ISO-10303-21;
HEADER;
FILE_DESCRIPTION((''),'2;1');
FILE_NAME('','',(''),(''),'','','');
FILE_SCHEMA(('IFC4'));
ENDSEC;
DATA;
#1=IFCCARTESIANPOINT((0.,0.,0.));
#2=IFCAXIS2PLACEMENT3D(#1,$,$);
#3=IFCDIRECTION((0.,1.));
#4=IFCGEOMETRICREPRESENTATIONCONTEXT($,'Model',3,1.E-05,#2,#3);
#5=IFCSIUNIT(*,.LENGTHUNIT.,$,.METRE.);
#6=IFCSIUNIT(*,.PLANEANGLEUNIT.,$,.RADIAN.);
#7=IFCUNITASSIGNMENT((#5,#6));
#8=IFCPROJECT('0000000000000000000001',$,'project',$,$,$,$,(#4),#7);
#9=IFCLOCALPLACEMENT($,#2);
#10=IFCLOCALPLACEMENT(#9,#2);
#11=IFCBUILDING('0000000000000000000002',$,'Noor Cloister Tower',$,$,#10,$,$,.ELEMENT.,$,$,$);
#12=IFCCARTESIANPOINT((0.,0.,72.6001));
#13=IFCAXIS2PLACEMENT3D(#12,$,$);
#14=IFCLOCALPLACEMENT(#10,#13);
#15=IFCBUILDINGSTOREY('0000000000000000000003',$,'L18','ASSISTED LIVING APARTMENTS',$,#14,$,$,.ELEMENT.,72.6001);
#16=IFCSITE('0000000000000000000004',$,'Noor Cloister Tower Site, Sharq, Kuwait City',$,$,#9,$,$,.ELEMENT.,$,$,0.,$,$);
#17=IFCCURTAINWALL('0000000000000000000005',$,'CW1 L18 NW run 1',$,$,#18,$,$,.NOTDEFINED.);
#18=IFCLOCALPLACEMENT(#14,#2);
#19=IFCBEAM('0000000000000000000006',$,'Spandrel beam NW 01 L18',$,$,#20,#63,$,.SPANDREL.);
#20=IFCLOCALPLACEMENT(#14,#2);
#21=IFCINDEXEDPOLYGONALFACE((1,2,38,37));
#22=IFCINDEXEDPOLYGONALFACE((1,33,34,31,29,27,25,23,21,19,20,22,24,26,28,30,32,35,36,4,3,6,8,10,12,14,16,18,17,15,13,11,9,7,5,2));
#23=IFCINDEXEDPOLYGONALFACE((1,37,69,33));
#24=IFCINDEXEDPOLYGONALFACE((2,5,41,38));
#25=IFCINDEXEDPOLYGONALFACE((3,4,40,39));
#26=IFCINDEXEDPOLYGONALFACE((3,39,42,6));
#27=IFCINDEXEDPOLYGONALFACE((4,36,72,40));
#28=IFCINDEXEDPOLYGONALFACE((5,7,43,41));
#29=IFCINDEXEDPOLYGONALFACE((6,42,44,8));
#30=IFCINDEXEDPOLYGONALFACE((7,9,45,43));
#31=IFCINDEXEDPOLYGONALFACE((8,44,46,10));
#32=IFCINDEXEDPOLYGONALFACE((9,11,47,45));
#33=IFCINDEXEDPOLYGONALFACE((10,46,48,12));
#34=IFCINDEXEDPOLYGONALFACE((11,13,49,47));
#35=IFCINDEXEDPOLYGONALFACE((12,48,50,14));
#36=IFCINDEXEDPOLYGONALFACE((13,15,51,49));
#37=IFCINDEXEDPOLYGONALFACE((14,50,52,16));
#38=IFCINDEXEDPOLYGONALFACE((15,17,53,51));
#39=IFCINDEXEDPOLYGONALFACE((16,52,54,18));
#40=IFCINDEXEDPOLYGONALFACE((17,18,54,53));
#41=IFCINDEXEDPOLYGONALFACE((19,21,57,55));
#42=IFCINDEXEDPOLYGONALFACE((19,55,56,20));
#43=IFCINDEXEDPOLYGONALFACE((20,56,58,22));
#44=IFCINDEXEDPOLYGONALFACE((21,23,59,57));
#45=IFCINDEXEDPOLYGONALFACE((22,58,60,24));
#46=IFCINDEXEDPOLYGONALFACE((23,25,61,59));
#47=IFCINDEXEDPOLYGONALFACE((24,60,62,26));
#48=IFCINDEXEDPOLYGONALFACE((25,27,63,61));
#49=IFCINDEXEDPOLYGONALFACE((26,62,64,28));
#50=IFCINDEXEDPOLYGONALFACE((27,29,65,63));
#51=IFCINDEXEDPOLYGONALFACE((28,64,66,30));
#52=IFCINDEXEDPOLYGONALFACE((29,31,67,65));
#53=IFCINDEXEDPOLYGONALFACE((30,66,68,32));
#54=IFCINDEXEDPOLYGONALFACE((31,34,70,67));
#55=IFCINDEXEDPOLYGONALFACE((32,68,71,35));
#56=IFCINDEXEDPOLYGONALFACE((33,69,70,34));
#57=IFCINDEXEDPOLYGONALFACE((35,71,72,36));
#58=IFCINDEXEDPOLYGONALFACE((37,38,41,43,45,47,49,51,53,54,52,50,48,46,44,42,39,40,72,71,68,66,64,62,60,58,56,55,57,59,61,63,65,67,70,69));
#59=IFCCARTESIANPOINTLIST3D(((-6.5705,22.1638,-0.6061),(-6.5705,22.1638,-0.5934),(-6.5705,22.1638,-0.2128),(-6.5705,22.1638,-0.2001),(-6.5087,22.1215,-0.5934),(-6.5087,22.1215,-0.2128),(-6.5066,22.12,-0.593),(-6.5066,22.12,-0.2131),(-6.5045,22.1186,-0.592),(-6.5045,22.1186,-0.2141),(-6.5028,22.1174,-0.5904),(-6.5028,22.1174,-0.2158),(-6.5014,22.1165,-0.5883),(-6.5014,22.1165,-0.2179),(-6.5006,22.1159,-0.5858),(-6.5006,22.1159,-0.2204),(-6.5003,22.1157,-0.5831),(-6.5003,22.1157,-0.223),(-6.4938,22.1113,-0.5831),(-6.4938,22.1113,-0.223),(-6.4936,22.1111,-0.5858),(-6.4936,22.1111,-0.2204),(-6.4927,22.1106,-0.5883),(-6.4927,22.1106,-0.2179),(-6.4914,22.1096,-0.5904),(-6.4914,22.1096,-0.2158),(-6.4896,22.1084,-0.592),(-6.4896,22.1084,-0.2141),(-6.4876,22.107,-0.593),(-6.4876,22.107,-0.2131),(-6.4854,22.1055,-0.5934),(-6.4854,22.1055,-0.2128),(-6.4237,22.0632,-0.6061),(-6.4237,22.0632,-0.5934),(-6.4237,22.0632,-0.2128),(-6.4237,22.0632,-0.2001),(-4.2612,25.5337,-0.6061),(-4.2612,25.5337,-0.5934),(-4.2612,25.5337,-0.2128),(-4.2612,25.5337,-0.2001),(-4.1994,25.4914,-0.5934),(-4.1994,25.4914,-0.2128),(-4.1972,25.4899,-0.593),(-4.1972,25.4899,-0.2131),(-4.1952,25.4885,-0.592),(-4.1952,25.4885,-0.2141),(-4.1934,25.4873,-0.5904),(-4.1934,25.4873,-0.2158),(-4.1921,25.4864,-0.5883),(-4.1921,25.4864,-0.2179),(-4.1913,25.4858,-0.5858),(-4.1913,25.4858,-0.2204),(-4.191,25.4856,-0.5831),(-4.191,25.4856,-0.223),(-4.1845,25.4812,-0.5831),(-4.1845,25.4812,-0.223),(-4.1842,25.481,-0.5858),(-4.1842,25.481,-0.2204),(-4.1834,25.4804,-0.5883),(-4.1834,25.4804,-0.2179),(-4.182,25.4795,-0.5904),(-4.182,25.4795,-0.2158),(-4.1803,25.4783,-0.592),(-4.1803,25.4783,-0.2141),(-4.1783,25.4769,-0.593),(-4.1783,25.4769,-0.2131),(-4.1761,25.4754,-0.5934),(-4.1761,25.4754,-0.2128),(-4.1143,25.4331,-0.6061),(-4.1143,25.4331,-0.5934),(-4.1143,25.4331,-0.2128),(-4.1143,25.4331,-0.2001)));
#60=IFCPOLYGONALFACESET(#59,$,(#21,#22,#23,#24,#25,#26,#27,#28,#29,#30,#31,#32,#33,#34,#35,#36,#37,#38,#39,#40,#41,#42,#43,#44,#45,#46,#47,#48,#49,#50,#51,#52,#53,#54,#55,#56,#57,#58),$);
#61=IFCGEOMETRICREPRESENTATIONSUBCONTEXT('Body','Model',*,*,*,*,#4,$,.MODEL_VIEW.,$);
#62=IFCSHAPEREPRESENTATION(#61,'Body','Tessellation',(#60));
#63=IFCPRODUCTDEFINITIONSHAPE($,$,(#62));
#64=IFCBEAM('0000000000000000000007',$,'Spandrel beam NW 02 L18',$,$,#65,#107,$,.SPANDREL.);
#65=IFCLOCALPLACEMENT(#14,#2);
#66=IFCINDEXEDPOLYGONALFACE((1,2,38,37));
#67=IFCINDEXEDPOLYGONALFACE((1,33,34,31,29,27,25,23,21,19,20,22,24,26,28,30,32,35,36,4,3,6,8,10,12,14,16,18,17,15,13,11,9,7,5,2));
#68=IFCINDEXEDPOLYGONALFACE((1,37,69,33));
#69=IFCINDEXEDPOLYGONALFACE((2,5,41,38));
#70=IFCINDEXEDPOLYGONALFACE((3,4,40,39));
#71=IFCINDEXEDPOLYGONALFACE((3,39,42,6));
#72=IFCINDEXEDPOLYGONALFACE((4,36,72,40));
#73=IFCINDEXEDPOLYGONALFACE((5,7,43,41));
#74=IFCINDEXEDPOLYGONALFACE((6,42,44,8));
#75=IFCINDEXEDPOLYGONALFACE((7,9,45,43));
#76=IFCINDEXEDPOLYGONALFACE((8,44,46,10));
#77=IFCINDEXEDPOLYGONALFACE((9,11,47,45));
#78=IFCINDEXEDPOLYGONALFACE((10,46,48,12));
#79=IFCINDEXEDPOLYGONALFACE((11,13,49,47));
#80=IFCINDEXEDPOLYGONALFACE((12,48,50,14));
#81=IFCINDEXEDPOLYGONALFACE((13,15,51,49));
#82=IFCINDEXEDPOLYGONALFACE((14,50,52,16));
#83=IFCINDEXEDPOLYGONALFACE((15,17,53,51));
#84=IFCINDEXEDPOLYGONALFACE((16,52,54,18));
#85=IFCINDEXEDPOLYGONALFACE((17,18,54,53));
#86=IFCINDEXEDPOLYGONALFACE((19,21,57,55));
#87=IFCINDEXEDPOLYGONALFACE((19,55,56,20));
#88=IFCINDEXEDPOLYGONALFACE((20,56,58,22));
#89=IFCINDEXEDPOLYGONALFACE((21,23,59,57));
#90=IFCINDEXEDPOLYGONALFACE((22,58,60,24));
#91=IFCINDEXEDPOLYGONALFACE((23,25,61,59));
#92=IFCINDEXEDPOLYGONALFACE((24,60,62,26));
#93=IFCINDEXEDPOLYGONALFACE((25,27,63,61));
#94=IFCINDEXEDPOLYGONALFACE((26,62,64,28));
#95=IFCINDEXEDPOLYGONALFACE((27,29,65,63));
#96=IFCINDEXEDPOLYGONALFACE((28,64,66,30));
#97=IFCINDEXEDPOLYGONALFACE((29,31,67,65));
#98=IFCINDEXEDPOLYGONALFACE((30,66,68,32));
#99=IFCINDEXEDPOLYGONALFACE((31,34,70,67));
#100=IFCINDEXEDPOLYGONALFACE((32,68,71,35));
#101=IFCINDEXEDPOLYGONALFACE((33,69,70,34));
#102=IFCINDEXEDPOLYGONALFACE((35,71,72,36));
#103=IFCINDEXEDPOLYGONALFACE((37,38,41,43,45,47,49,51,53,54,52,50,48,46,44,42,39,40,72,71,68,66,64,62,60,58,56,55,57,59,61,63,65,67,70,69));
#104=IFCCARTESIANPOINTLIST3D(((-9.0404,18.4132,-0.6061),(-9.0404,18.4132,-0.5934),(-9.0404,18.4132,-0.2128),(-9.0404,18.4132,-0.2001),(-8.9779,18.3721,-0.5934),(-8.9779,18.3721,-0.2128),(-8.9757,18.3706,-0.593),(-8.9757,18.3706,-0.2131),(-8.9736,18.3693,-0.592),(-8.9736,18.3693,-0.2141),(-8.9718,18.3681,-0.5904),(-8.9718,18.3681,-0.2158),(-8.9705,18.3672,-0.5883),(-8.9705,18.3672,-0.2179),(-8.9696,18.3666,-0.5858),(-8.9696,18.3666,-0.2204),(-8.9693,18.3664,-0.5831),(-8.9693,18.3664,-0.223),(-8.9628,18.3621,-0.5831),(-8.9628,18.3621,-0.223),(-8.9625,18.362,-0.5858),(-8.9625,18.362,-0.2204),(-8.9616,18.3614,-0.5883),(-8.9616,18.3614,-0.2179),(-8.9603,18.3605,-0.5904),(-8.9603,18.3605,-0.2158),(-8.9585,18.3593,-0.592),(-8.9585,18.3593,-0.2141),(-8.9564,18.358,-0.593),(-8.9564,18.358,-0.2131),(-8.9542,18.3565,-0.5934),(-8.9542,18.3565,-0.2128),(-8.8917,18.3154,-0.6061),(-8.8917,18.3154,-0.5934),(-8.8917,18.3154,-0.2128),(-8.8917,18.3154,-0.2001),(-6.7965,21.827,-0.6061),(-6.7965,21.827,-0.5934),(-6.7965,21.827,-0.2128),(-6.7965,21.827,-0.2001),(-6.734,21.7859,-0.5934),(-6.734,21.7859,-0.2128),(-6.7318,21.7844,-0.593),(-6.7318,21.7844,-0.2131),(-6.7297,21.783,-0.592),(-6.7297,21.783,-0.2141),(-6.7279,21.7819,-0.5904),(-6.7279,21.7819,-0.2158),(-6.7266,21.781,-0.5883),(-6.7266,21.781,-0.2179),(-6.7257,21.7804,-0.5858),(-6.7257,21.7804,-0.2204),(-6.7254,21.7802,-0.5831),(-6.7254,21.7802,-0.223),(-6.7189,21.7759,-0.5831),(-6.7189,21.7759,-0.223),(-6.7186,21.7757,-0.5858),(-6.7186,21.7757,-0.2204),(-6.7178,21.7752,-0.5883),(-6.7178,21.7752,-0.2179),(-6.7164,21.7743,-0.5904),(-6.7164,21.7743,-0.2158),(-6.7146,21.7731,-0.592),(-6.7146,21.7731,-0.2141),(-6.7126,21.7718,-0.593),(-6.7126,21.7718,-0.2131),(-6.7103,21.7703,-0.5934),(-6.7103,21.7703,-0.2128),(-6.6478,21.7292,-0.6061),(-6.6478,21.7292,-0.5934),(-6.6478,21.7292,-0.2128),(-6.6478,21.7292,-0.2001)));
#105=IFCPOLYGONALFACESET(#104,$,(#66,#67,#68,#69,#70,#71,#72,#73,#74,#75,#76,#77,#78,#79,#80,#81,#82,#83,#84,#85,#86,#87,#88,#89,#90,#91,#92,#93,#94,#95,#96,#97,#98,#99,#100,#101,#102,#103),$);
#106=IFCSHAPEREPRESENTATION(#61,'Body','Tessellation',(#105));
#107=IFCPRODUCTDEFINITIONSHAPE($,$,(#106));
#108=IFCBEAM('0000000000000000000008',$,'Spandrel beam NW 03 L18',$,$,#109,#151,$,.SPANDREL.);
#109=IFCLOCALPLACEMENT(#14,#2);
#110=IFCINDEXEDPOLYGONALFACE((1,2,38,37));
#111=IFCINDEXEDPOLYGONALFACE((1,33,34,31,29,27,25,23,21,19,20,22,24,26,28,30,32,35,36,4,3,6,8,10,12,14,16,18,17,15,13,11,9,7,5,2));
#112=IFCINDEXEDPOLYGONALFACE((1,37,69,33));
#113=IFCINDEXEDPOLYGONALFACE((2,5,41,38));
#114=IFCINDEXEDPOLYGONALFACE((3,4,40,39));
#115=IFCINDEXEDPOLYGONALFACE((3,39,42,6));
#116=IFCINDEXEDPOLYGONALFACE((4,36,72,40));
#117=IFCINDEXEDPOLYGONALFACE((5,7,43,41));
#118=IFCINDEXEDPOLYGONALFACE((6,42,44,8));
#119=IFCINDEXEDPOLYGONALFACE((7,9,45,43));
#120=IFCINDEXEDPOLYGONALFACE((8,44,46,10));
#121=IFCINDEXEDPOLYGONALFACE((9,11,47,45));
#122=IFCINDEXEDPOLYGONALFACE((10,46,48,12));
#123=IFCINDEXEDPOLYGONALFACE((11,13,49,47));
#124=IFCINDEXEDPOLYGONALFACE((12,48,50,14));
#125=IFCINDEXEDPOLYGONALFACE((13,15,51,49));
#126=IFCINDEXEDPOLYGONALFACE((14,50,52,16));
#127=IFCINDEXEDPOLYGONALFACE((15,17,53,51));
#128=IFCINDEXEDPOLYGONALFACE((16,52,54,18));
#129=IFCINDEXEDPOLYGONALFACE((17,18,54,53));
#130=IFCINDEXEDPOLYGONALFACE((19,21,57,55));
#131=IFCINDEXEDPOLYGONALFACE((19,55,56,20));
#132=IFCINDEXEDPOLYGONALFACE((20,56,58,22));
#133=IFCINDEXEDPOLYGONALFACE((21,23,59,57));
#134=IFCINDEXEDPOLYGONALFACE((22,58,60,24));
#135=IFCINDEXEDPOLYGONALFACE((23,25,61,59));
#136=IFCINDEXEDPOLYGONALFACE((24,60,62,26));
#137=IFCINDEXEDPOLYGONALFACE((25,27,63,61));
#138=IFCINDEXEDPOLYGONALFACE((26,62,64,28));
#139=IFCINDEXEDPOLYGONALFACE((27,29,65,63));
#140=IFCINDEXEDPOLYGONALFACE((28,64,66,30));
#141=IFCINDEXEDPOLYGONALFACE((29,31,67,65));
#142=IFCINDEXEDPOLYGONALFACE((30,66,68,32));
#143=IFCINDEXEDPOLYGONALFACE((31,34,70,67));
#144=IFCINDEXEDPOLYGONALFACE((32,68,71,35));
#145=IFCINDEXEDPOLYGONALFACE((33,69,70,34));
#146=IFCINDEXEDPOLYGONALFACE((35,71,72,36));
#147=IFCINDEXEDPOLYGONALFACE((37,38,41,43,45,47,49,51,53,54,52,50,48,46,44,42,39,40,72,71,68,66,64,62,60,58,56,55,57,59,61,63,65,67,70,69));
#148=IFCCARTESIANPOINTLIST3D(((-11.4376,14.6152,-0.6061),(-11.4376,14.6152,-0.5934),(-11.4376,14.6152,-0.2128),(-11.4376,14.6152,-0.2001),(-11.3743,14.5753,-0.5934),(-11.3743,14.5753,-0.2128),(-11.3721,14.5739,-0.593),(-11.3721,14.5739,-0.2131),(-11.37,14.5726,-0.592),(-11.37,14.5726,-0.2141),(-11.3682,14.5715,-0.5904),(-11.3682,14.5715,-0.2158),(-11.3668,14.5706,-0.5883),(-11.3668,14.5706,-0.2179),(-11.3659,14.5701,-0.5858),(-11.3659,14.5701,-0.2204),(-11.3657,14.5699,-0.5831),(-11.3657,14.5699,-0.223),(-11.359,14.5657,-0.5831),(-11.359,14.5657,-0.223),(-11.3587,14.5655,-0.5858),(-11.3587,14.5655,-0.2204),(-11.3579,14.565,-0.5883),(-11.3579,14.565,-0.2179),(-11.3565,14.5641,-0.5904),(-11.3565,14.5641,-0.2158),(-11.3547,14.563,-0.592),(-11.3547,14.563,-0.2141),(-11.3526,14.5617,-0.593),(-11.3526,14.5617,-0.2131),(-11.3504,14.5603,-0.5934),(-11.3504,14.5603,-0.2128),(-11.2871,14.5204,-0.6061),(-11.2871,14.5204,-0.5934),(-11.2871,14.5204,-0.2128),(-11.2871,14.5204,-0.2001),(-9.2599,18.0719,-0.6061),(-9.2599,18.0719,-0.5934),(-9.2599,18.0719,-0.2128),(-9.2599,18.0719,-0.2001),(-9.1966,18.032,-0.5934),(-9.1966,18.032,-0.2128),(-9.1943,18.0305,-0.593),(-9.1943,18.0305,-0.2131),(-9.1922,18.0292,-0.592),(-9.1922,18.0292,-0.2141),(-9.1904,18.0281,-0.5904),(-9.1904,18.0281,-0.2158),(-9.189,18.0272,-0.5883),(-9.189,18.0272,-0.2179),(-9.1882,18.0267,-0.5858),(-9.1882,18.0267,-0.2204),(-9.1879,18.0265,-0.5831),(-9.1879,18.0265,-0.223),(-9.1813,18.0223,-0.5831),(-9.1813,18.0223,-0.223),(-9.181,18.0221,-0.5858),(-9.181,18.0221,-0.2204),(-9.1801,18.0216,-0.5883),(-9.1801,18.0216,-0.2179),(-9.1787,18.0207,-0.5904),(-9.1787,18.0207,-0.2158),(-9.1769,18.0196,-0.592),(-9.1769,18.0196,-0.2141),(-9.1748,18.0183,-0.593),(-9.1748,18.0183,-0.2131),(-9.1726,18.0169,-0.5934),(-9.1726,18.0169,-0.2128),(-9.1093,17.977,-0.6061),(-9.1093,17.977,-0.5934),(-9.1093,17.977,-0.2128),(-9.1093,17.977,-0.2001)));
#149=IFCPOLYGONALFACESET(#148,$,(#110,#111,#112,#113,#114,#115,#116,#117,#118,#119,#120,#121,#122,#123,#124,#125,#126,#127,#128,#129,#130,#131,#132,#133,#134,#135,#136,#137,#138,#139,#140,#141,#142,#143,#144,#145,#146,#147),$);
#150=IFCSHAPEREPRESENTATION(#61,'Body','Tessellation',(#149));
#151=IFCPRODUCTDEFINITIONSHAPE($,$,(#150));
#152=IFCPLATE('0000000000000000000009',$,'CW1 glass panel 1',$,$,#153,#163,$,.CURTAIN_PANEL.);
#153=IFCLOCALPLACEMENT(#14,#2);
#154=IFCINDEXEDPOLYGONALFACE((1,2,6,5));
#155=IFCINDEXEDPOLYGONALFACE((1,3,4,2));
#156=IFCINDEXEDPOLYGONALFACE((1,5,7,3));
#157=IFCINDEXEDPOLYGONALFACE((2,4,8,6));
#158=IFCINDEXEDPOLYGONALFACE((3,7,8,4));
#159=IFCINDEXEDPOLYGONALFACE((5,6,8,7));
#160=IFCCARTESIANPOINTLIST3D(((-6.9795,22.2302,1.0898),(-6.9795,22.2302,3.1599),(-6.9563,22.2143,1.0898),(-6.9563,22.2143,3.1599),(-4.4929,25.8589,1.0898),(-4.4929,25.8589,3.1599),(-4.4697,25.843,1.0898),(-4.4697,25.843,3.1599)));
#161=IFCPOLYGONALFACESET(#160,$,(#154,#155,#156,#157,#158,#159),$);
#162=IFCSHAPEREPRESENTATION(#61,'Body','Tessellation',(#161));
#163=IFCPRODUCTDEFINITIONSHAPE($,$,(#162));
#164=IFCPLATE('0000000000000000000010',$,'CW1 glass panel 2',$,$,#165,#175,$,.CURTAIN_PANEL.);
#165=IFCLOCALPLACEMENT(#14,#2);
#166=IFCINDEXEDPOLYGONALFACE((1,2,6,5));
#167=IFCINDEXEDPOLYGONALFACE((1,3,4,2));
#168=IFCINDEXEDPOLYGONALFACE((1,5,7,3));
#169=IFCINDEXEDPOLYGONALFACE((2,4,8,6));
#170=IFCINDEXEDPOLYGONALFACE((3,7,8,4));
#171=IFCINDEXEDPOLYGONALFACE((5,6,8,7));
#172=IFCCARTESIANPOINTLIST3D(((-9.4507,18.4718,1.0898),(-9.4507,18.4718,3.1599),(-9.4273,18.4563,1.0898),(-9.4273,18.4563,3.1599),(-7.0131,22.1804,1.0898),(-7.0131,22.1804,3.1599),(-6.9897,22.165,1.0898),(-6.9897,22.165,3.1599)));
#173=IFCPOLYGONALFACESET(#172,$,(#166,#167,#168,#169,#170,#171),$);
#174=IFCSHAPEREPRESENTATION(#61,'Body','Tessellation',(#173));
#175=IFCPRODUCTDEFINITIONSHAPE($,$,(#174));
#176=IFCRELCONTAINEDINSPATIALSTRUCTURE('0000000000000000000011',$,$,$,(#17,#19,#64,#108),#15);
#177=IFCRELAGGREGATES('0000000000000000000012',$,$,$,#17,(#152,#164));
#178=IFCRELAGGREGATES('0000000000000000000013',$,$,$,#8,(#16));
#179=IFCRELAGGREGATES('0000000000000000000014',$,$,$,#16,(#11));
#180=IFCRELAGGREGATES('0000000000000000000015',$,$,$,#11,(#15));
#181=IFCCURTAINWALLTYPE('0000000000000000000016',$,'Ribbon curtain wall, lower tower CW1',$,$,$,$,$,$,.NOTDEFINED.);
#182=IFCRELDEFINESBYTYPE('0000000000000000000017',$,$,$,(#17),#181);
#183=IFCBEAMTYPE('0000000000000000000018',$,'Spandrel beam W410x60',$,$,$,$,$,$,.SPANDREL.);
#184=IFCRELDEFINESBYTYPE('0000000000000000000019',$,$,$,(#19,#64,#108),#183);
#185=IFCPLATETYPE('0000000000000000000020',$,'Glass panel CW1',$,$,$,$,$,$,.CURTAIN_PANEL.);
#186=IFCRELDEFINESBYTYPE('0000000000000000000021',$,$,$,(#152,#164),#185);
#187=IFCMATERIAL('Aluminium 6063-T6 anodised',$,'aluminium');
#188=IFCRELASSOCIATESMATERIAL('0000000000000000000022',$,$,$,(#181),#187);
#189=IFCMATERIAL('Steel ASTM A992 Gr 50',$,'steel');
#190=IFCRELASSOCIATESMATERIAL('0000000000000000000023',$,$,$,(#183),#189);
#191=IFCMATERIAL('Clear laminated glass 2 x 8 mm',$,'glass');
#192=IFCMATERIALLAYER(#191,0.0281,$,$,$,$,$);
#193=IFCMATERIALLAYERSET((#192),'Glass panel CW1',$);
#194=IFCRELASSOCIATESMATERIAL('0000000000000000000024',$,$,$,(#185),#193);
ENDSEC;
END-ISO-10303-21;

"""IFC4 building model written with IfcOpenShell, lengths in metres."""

from ifc_helpers import new_model, si_unit, direction, frame, origin, origin_2d, place, context, subcontext, project, spatial, rectangle, i_section, extrude, material, layer, layer_set, material_profile, profile_set, type_object, element, aggregate, save


model = new_model("IFC4")

# Units and contexts
model_context = context("Model", 3, precision=1e-05, world=origin(), true_north=direction((0.0, 1.0)))
body_context = subcontext(model_context, "Body", "Model", "MODEL_VIEW")
ifc_project = project(units=[si_unit("LENGTHUNIT", "METRE"), si_unit("PLANEANGLEUNIT", "RADIAN")], contexts=[model_context])

# Site, building, storey
site_placement = place(None, origin())
site = spatial("IfcSite", under=ifc_project, at=site_placement, Name="Noor Cloister Tower Site, Sharq, Kuwait City", CompositionType="ELEMENT", RefElevation=0.0)
building_placement = place(site_placement, origin())
building = spatial("IfcBuilding", under=site, at=building_placement, Name="Noor Cloister Tower", CompositionType="ELEMENT")
storey_placement = place(building_placement, frame((0.0, 0.0, 72.6001)))
storey = spatial("IfcBuildingStorey", under=building, at=storey_placement, Name="L18", Description="ASSISTED LIVING APARTMENTS", CompositionType="ELEMENT", Elevation=72.6001)

# Curtain wall
ifc_material_1 = material(Name="Aluminium 6063-T6 anodised", Category="aluminium")
curtain_wall_type = type_object("IfcCurtainWallType", Name="Ribbon curtain wall, lower tower CW1", PredefinedType="NOTDEFINED", material=ifc_material_1)
curtain_wall_placement = place(storey_placement, origin())
curtain_wall = element("IfcCurtainWall", 1, at=curtain_wall_placement, inside=storey, type_object=curtain_wall_type, Name="CW1 L18 NW run 1", PredefinedType="NOTDEFINED")

# Beams
ifc_material_2 = material(Name="Steel ASTM A992 Gr 50", Category="steel")
ifc_material_profile_1 = material_profile(ifc_material_2, i_section(OverallWidth=0.178, OverallDepth=0.406, WebThickness=0.0078, FlangeThickness=0.0127, FilletRadius=0.0103, at=origin_2d()), Name="W410x60")
ifc_profile_set_1 = profile_set([ifc_material_profile_1], Name="Steel ASTM A992 Gr 50")
beam_type_1 = type_object("IfcBeamType", Name="Spandrel beam W410x60", PredefinedType="SPANDREL", material=ifc_profile_set_1)
for number, where, z_axis, x_axis, name in (
    (2, (-4.1877, 25.4834, -0.4031), (-0.565288, -0.824894, 0.0), (0.824894, -0.565288, 0.0), "Spandrel beam NW 01 L18"),
    (3, (-6.7222, 21.7781, -0.4031), (-0.549269, -0.835646, 0.0), (0.835646, -0.549269, 0.0), "Spandrel beam NW 02 L18"),
):
    element("IfcBeam", number, at=place(storey_placement, frame(where, z_axis=z_axis, x_axis=x_axis)), inside=storey, type_object=beam_type_1, Name=name, PredefinedType="SPANDREL", context=body_context, shape_type="SweptSolid", body=[
        extrude(i_section(OverallWidth=0.178, OverallDepth=0.406, WebThickness=0.0078, FlangeThickness=0.0127, FilletRadius=0.0103, at=origin_2d()), origin(), (0.0, 0.0, 1.0), 4.0852),
    ])
beam_1_placement = place(storey_placement, frame((-9.1846, 18.0244, -0.4031), z_axis=(-0.533057, -0.846079, 0.0), x_axis=(0.846079, -0.533057, 0.0)))
element("IfcBeam", 4, at=beam_1_placement, inside=storey, type_object=beam_type_1, Name="Spandrel beam NW 03 L18", PredefinedType="SPANDREL", context=body_context, shape_type="SweptSolid", body=[
    extrude(i_section(OverallWidth=0.178, OverallDepth=0.406, WebThickness=0.0078, FlangeThickness=0.0127, FilletRadius=0.0103, at=origin_2d()), origin(), (0.0, 0.0, 1.0), 4.0854),
])

# Plates
ifc_material_3 = material(Name="Clear laminated glass 2 x 8 mm", Category="glass")
ifc_layer = layer(ifc_material_3, 0.0281)
ifc_layer_set = layer_set([ifc_layer], Name="Glass panel CW1")
plate_type = type_object("IfcPlateType", Name="Glass panel CW1", PredefinedType="CURTAIN_PANEL", material=ifc_layer_set)
plate_1_placement = place(storey_placement, frame((-5.7246, 24.0366, 1.0898), z_axis=(0.0, 0.0, 1.0), x_axis=(-0.565276, -0.824902, 0.0)))
plate_1 = element("IfcPlate", 5, at=plate_1_placement, type_object=plate_type, Name="CW1 glass panel 1", PredefinedType="CURTAIN_PANEL", context=body_context, shape_type="SweptSolid", body=[
    extrude(rectangle(XDim=4.3989, YDim=0.0281, at=origin_2d()), origin(), (0.0, 0.0, 1.0), 2.0701),
])
plate_2_placement = place(storey_placement, frame((-8.2202, 20.3184, 1.0898), z_axis=(0.0, 0.0, 1.0), x_axis=(-0.549258, -0.835653, 0.0)))
plate_2 = element("IfcPlate", 6, at=plate_2_placement, type_object=plate_type, Name="CW1 glass panel 2", PredefinedType="CURTAIN_PANEL", context=body_context, shape_type="SweptSolid", body=[
    extrude(rectangle(XDim=4.438, YDim=0.0281, at=origin_2d()), origin(), (0.0, 0.0, 1.0), 2.0701),
])
aggregate(curtain_wall, [plate_1, plate_2])

save(model, "model.ifc")
